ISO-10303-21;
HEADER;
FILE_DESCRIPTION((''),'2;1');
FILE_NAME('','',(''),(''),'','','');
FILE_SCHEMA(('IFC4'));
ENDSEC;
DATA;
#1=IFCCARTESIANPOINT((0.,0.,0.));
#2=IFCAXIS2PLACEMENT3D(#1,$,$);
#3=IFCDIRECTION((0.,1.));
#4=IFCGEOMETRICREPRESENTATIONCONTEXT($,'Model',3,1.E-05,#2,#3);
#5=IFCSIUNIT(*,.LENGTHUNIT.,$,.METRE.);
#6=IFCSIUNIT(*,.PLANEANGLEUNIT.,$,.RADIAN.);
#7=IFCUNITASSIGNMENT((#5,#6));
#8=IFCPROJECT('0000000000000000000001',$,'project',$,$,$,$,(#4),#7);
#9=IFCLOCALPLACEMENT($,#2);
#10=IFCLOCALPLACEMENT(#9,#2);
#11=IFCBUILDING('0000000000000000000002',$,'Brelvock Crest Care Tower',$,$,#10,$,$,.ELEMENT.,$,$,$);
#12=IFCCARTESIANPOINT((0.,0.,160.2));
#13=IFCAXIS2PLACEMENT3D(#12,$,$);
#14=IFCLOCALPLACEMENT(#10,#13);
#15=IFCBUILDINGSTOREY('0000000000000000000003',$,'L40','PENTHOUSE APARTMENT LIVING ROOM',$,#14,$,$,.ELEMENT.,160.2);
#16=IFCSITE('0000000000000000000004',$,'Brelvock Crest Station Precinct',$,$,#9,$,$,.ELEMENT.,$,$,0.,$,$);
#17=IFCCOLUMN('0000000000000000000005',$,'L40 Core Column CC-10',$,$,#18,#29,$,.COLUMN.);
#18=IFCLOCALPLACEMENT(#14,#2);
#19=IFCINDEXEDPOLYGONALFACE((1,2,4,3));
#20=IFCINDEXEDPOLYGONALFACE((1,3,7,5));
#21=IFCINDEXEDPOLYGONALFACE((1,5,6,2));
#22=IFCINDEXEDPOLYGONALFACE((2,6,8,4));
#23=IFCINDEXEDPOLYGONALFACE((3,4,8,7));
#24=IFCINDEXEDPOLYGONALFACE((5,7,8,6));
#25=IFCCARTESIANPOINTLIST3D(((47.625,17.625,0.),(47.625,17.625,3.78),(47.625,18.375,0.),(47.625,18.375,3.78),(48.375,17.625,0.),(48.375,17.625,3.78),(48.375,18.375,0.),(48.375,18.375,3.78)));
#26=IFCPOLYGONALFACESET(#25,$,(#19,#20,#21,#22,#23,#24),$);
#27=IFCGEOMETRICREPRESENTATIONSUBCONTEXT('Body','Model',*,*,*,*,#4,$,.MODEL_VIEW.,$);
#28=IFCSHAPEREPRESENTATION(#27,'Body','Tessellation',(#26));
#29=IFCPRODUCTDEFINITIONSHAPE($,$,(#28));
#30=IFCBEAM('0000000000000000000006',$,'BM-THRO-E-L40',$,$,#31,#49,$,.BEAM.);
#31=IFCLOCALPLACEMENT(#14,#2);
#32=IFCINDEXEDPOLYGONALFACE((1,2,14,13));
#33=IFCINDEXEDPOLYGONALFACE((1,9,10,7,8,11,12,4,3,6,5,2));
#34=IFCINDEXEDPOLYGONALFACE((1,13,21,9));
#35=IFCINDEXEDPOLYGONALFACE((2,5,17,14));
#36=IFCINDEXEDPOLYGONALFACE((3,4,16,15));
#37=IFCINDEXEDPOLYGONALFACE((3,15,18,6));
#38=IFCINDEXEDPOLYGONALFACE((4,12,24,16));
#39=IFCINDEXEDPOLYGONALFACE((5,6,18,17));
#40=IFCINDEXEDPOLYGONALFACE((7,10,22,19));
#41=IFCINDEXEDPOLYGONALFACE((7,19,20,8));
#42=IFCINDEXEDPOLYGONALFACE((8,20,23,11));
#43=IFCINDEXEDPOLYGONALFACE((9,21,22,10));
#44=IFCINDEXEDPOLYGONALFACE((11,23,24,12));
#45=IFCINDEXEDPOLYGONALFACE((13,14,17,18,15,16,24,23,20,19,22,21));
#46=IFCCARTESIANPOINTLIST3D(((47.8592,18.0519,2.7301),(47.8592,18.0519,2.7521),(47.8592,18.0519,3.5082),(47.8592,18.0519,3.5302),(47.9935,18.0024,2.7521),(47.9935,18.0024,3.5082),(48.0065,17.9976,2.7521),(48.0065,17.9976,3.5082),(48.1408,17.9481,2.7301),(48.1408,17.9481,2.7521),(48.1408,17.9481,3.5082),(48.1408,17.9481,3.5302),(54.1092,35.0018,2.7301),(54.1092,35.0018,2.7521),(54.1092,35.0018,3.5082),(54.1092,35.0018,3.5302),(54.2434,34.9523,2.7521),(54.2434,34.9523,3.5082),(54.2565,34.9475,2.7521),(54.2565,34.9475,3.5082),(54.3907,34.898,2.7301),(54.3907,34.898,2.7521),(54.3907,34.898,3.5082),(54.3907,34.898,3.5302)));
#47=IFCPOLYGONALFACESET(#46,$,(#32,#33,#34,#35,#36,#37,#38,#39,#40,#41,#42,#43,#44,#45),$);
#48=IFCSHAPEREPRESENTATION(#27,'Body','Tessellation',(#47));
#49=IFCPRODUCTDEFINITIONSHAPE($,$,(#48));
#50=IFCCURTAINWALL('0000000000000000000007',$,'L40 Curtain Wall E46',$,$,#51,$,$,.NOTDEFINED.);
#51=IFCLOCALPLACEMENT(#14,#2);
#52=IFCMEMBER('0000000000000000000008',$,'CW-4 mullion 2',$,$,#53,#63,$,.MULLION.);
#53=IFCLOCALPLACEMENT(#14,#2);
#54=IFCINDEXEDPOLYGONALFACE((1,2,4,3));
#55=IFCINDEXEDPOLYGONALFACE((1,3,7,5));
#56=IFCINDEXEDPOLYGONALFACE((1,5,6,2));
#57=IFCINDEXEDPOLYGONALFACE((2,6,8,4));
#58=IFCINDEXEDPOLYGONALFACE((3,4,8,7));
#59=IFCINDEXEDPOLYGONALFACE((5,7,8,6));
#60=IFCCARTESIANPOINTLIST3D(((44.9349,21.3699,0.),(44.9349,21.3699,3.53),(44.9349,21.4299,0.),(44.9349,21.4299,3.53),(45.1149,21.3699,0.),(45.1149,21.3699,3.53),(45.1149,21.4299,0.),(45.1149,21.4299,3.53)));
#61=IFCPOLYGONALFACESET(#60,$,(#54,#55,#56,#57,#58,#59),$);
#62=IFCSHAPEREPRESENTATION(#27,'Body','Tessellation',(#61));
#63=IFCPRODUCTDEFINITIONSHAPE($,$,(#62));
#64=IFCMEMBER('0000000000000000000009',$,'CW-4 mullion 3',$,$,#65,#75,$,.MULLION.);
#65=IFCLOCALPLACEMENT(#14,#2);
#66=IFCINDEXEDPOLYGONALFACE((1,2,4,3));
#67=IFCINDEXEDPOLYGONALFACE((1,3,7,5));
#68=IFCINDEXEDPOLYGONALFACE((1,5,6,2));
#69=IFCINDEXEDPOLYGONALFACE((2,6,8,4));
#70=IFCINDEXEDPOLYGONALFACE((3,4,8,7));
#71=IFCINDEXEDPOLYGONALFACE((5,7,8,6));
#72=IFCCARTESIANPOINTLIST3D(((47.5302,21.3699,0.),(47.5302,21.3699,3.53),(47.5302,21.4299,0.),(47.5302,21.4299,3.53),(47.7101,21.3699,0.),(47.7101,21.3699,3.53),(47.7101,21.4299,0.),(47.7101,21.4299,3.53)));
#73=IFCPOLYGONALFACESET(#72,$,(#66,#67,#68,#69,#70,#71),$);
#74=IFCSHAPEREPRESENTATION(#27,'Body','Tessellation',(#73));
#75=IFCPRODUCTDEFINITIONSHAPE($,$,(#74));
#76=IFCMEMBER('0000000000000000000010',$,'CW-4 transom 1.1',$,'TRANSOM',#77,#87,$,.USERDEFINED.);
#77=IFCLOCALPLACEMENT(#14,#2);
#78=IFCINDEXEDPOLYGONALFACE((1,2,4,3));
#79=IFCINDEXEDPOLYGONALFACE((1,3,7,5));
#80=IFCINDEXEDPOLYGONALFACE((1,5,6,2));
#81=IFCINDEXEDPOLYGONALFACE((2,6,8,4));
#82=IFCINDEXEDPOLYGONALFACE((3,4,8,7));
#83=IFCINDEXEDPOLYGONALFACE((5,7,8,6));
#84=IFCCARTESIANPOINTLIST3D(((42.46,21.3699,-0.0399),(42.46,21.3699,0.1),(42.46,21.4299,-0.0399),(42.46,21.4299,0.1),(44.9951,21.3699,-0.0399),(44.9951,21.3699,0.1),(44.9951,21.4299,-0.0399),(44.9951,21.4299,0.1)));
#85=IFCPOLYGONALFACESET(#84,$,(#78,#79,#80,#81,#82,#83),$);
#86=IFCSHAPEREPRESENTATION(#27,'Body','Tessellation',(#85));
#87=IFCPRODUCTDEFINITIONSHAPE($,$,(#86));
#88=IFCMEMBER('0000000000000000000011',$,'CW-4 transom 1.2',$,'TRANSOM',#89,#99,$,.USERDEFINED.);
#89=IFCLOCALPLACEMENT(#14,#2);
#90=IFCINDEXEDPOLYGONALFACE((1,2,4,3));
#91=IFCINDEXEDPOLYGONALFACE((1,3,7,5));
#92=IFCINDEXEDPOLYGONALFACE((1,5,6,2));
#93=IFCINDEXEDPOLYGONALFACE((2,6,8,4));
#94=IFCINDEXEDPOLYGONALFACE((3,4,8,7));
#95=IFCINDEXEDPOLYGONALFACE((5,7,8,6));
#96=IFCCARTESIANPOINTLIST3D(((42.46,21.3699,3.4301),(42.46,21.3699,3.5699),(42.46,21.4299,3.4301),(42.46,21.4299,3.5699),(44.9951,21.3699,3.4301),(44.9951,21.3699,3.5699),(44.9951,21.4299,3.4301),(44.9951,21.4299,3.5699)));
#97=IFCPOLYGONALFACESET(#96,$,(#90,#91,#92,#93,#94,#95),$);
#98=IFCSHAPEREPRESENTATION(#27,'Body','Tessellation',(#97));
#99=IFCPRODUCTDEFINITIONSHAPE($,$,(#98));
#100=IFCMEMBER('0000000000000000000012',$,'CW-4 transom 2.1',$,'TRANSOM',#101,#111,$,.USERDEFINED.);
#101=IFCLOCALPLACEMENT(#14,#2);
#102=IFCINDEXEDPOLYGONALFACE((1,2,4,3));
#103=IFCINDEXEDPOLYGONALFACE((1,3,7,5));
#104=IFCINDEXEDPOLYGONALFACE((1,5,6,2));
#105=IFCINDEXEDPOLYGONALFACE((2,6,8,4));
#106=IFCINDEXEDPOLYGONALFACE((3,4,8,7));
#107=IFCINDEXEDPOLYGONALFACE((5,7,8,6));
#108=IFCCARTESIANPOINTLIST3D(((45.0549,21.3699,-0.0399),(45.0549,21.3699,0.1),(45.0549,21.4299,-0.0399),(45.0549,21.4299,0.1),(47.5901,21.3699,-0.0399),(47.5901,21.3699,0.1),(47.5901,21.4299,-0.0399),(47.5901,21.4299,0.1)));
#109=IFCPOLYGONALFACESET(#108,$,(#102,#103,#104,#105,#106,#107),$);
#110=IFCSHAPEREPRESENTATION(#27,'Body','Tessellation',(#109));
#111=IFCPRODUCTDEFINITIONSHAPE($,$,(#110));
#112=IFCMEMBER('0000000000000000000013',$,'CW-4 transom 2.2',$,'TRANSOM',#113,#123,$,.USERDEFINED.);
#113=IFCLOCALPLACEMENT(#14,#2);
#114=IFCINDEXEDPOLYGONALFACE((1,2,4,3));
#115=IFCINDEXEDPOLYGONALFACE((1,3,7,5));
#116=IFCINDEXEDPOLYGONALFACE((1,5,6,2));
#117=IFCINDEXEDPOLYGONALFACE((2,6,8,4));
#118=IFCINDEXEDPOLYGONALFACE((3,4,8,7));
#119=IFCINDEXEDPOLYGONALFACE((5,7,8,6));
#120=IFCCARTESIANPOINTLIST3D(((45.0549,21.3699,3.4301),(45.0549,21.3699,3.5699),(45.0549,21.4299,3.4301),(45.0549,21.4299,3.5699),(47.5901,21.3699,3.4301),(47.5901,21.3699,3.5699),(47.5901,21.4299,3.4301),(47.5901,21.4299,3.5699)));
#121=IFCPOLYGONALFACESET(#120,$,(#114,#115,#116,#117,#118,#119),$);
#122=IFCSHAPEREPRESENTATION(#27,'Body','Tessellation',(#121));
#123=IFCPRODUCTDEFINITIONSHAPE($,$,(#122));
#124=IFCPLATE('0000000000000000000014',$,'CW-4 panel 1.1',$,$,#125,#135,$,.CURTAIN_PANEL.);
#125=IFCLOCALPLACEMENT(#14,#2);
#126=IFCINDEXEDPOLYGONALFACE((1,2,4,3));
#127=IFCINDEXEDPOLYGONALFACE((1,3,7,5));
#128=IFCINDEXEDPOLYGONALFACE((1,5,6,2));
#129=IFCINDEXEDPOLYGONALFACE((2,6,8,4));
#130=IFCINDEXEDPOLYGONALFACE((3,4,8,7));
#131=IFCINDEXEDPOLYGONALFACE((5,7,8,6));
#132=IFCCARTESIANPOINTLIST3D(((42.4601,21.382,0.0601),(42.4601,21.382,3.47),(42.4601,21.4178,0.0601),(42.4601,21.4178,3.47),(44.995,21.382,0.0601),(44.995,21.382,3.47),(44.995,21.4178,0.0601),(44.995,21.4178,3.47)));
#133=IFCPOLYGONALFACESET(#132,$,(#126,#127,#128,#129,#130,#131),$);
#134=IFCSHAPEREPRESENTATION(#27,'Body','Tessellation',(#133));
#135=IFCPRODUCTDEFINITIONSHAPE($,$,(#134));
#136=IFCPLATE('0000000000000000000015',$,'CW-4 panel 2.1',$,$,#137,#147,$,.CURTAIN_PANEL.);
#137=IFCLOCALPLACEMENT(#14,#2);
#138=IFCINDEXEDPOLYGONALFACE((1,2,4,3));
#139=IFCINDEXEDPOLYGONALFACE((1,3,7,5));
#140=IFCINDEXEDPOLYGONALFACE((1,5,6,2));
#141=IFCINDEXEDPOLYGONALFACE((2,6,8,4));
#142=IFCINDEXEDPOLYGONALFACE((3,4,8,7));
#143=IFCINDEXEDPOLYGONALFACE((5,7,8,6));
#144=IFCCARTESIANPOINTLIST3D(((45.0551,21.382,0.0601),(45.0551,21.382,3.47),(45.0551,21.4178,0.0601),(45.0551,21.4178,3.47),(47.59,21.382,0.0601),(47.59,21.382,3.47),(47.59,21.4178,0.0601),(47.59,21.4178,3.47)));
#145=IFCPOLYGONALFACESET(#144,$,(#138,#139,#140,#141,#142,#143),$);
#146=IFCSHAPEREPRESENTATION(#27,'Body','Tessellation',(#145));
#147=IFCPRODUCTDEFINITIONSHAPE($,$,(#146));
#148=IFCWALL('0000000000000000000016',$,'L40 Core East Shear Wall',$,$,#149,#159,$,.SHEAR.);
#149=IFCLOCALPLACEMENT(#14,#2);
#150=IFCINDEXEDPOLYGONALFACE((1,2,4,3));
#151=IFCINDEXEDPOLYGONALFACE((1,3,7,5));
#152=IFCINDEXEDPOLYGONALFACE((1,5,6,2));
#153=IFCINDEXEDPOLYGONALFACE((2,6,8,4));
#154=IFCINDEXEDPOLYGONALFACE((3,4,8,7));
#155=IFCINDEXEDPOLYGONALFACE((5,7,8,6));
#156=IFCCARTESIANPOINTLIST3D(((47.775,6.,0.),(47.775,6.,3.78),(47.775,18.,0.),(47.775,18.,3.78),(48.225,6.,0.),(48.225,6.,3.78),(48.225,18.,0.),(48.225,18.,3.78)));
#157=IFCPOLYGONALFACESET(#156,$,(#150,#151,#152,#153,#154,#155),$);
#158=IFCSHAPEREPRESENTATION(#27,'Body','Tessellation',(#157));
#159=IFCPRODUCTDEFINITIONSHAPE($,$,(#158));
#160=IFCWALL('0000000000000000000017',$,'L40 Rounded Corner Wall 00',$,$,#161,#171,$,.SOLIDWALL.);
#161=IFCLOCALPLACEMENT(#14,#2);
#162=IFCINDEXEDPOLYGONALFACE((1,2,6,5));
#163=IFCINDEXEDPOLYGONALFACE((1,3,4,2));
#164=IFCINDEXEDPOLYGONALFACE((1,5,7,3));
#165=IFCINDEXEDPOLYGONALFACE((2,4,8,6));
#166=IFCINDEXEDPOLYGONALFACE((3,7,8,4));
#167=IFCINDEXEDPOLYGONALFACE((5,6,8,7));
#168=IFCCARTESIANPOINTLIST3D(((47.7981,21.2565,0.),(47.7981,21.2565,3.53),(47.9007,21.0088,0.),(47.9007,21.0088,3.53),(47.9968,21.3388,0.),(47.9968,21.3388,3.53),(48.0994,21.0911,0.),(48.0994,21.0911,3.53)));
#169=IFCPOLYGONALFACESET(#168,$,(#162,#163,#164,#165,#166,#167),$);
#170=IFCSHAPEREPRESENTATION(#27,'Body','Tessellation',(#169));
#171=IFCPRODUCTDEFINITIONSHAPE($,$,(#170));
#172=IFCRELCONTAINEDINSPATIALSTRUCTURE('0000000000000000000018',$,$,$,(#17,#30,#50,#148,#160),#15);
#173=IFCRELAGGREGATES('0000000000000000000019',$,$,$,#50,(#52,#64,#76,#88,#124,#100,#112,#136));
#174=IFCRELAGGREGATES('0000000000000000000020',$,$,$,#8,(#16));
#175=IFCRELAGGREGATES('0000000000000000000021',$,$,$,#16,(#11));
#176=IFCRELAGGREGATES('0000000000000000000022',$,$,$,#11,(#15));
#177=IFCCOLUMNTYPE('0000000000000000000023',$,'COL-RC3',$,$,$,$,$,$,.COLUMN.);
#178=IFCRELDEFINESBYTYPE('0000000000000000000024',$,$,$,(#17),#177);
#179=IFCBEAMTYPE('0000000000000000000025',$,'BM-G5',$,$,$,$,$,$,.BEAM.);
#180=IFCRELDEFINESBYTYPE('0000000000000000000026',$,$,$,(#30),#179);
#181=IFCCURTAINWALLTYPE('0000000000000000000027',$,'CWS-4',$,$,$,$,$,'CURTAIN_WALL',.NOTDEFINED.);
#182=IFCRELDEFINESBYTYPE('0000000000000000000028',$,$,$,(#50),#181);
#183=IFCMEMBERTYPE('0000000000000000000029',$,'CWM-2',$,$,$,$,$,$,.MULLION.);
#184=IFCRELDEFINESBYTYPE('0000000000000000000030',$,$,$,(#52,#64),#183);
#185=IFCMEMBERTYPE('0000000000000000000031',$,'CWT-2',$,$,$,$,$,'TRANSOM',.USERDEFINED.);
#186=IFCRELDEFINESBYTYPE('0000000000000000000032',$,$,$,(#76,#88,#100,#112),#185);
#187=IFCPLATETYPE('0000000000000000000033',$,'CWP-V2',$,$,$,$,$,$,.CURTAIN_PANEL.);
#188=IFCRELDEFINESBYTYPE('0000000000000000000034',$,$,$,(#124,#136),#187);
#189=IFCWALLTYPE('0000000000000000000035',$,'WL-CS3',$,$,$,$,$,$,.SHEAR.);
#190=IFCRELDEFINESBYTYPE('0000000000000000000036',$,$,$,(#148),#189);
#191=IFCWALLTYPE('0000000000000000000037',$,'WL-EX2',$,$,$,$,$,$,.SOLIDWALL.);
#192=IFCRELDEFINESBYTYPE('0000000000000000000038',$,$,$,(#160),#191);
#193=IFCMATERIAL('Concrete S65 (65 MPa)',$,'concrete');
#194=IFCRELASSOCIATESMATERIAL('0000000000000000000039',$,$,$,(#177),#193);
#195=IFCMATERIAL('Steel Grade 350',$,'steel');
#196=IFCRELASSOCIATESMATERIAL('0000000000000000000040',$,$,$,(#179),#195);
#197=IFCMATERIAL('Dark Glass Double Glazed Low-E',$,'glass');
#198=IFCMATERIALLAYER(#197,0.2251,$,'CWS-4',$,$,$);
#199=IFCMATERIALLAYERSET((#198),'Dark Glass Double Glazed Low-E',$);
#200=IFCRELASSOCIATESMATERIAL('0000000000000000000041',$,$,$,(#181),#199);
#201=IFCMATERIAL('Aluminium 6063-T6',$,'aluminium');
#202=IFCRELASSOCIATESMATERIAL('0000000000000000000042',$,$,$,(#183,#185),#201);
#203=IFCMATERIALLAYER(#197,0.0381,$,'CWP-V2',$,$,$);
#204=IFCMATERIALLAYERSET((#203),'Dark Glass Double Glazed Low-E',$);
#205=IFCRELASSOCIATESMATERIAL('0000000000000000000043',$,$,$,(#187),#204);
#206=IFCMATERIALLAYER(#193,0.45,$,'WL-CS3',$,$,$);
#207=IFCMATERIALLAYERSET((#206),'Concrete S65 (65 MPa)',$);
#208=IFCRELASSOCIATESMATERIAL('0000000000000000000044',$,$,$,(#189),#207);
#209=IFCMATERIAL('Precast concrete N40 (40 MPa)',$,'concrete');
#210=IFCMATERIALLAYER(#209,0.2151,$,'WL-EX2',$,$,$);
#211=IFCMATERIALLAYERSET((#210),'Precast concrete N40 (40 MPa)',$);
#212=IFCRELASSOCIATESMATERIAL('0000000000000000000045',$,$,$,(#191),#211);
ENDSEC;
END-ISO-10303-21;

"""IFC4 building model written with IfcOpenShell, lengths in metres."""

from ifc_helpers import new_model, si_unit, direction, frame, frame_2d, origin, origin_2d, place, context, subcontext, project, spatial, rectangle, i_section, extrude, source, transform, mapped, material, layer, layer_set, material_profile, profile_set, type_object, element, aggregate, save


model = new_model("IFC4")

# Units and contexts
model_context = context("Model", 3, precision=1e-05, world=origin(), true_north=direction((0.0, 1.0)))
body_context = subcontext(model_context, "Body", "Model", "MODEL_VIEW")
ifc_project = project(units=[si_unit("LENGTHUNIT", "METRE"), si_unit("PLANEANGLEUNIT", "RADIAN")], contexts=[model_context])

# Site, building, storey
site_placement = place(None, origin())
site = spatial("IfcSite", under=ifc_project, at=site_placement, Name="Brelvock Crest Station Precinct", CompositionType="ELEMENT", RefElevation=0.0)
building_placement = place(site_placement, origin())
building = spatial("IfcBuilding", under=site, at=building_placement, Name="Brelvock Crest Care Tower", CompositionType="ELEMENT")
storey_placement = place(building_placement, frame((0.0, 0.0, 160.2)))
storey = spatial("IfcBuildingStorey", under=building, at=storey_placement, Name="L40", Description="PENTHOUSE APARTMENT LIVING ROOM", CompositionType="ELEMENT", Elevation=160.2)

# Column
ifc_material_1 = material(Name="Concrete S65 (65 MPa)", Category="concrete")
ifc_material_profile_1 = material_profile(ifc_material_1, rectangle(XDim=0.75, YDim=0.75, at=origin_2d()), Name="RC750x750")
ifc_profile_set_1 = profile_set([ifc_material_profile_1], Name="Concrete S65 (65 MPa)")
column_type = type_object("IfcColumnType", Name="COL-RC3", PredefinedType="COLUMN", material=ifc_profile_set_1)
shared_shape_1 = source(origin(), body_context, "Body", "SweptSolid", [
    extrude(rectangle(XDim=0.75, YDim=0.75, at=origin_2d()), origin(), (0.0, 0.0, 1.0), 3.78),
])
column_placement = place(storey_placement, frame((48.0, 18.0, 0.0), z_axis=(0.0, 0.0, 1.0), x_axis=(1.0, 0.0, 0.0)))
element("IfcColumn", 1, at=column_placement, inside=storey, type_object=column_type, Name="L40 Core Column CC-10", PredefinedType="COLUMN", context=body_context, shape_type="MappedRepresentation", body=[
    mapped(shared_shape_1, transform((0.0, 0.0, 0.0), x_axis=(1.0, 0.0, 0.0), y_axis=(0.0, 1.0, 0.0), z_axis=(0.0, 0.0, 1.0), scale=1.0)),
])

# Beam
ifc_material_2 = material(Name="Steel Grade 350", Category="steel")
ifc_material_profile_2 = material_profile(ifc_material_2, i_section(OverallWidth=0.3, OverallDepth=0.8, WebThickness=0.0139, FlangeThickness=0.022, at=origin_2d()), Name="800WB192")
ifc_profile_set_2 = profile_set([ifc_material_profile_2], Name="Steel Grade 350")
beam_type = type_object("IfcBeamType", Name="BM-G5", PredefinedType="BEAM", material=ifc_profile_set_2)
shared_shape_2 = source(origin(), body_context, "Body", "SweptSolid", [
    extrude(i_section(OverallWidth=0.3, OverallDepth=0.8, WebThickness=0.0139, FlangeThickness=0.022, at=origin_2d()), origin(), (0.0, 0.0, 1.0), 18.0654),
])
beam_placement = place(storey_placement, frame((48.0, 18.0, 3.1301), z_axis=(0.345963, 0.938248, 0.0), x_axis=(-0.938248, 0.345963, 0.0)))
element("IfcBeam", 2, at=beam_placement, inside=storey, type_object=beam_type, Name="BM-THRO-E-L40", PredefinedType="BEAM", context=body_context, shape_type="MappedRepresentation", body=[
    mapped(shared_shape_2, transform((0.0, 0.0, 0.0), x_axis=(1.0, 0.0, 0.0), y_axis=(0.0, 1.0, 0.0), z_axis=(0.0, 0.0, 1.0), scale=1.0)),
])

# Curtain wall, members, plates
ifc_material_3 = material(Name="Dark Glass Double Glazed Low-E", Category="glass")
ifc_layer_1 = layer(ifc_material_3, 0.2251, Name="CWS-4")
ifc_layer_set_1 = layer_set([ifc_layer_1], Name="Dark Glass Double Glazed Low-E")
curtain_wall_type = type_object("IfcCurtainWallType", Name="CWS-4", ElementType="CURTAIN_WALL", PredefinedType="NOTDEFINED", material=ifc_layer_set_1)
curtain_wall_placement = place(storey_placement, origin())
curtain_wall = element("IfcCurtainWall", 3, at=curtain_wall_placement, inside=storey, type_object=curtain_wall_type, Name="L40 Curtain Wall E46", PredefinedType="NOTDEFINED")
ifc_material_4 = material(Name="Aluminium 6063-T6", Category="aluminium")
ifc_material_profile_3 = material_profile(ifc_material_4, rectangle(XDim=0.0601, YDim=0.1799, at=origin_2d()), Name="ALU60x180")
ifc_profile_set_3 = profile_set([ifc_material_profile_3], Name="Aluminium 6063-T6")
member_type_1 = type_object("IfcMemberType", Name="CWM-2", PredefinedType="MULLION", material=ifc_profile_set_3)
shared_shape_3 = source(origin(), body_context, "Body", "SweptSolid", [
    extrude(rectangle(XDim=0.0601, YDim=0.1799, at=origin_2d()), origin(), (0.0, 0.0, 1.0), 3.53),
])
member_1_placement = place(storey_placement, frame((45.0249, 21.3999, 0.0), z_axis=(0.0, 0.0, 1.0), x_axis=(0.0, 1.0, 0.0)))
member_1 = element("IfcMember", 4, at=member_1_placement, type_object=member_type_1, Name="CW-4 mullion 2", PredefinedType="MULLION", context=body_context, shape_type="MappedRepresentation", body=[
    mapped(shared_shape_3, transform((0.0, 0.0, 0.0), x_axis=(1.0, 0.0, 0.0), y_axis=(0.0, 1.0, 0.0), z_axis=(0.0, 0.0, 1.0), scale=1.0)),
])
member_2_placement = place(storey_placement, frame((47.6201, 21.3999, 0.0), z_axis=(0.0, 0.0, 1.0), x_axis=(0.0, 1.0, 0.0)))
member_2 = element("IfcMember", 5, at=member_2_placement, type_object=member_type_1, Name="CW-4 mullion 3", PredefinedType="MULLION", context=body_context, shape_type="MappedRepresentation", body=[
    mapped(shared_shape_3, transform((0.0, 0.0, 0.0), x_axis=(1.0, 0.0, 0.0), y_axis=(0.0, 1.0, 0.0), z_axis=(0.0, 0.0, 1.0), scale=1.0)),
])
ifc_material_profile_4 = material_profile(ifc_material_4, rectangle(XDim=0.0601, YDim=0.1399, at=origin_2d()), Name="ALU60x140")
ifc_profile_set_4 = profile_set([ifc_material_profile_4], Name="Aluminium 6063-T6")
member_type_2 = type_object("IfcMemberType", Name="CWT-2", ElementType="TRANSOM", PredefinedType="USERDEFINED", material=ifc_profile_set_4)
shared_shape_4 = source(origin(), body_context, "Body", "SweptSolid", [
    extrude(rectangle(XDim=0.0601, YDim=0.1399, at=origin_2d()), origin(), (0.0, 0.0, 1.0), 2.5352),
])
member_3_placement = place(storey_placement, frame((42.46, 21.3999, 0.03), z_axis=(1.0, 0.0, 0.0), x_axis=(0.0, 1.0, 0.0)))
member_3 = element("IfcMember", 6, at=member_3_placement, type_object=member_type_2, Name="CW-4 transom 1.1", ObjectType="TRANSOM", PredefinedType="USERDEFINED", context=body_context, shape_type="MappedRepresentation", body=[
    mapped(shared_shape_4, transform((0.0, 0.0, 0.0), x_axis=(1.0, 0.0, 0.0), y_axis=(0.0, 1.0, 0.0), z_axis=(0.0, 0.0, 1.0), scale=1.0)),
])
member_4_placement = place(storey_placement, frame((42.46, 21.3999, 3.5), z_axis=(1.0, 0.0, 0.0), x_axis=(0.0, 1.0, 0.0)))
member_4 = element("IfcMember", 7, at=member_4_placement, type_object=member_type_2, Name="CW-4 transom 1.2", ObjectType="TRANSOM", PredefinedType="USERDEFINED", context=body_context, shape_type="MappedRepresentation", body=[
    mapped(shared_shape_4, transform((0.0, 0.0, 0.0), x_axis=(1.0, 0.0, 0.0), y_axis=(0.0, 1.0, 0.0), z_axis=(0.0, 0.0, 1.0), scale=1.0)),
])
member_5_placement = place(storey_placement, frame((45.0549, 21.3999, 0.03), z_axis=(1.0, 0.0, 0.0), x_axis=(0.0, 1.0, 0.0)))
member_5 = element("IfcMember", 8, at=member_5_placement, type_object=member_type_2, Name="CW-4 transom 2.1", ObjectType="TRANSOM", PredefinedType="USERDEFINED", context=body_context, shape_type="MappedRepresentation", body=[
    mapped(shared_shape_4, transform((0.0, 0.0, 0.0), x_axis=(1.0, 0.0, 0.0), y_axis=(0.0, 1.0, 0.0), z_axis=(0.0, 0.0, 1.0), scale=1.0)),
])
member_6_placement = place(storey_placement, frame((45.0549, 21.3999, 3.5), z_axis=(1.0, 0.0, 0.0), x_axis=(0.0, 1.0, 0.0)))
member_6 = element("IfcMember", 9, at=member_6_placement, type_object=member_type_2, Name="CW-4 transom 2.2", ObjectType="TRANSOM", PredefinedType="USERDEFINED", context=body_context, shape_type="MappedRepresentation", body=[
    mapped(shared_shape_4, transform((0.0, 0.0, 0.0), x_axis=(1.0, 0.0, 0.0), y_axis=(0.0, 1.0, 0.0), z_axis=(0.0, 0.0, 1.0), scale=1.0)),
])
ifc_layer_2 = layer(ifc_material_3, 0.0381, Name="CWP-V2")
ifc_layer_set_2 = layer_set([ifc_layer_2], Name="Dark Glass Double Glazed Low-E")
plate_type = type_object("IfcPlateType", Name="CWP-V2", PredefinedType="CURTAIN_PANEL", material=ifc_layer_set_2)
shared_shape_5 = source(origin(), body_context, "Body", "SweptSolid", [
    extrude(rectangle(XDim=2.5349, YDim=0.0359, at=origin_2d()), origin(), (0.0, 0.0, 1.0), 3.4099),
])
plate_1_placement = place(storey_placement, frame((43.7275, 21.3999, 0.0601), z_axis=(0.0, 0.0, 1.0), x_axis=(1.0, 0.0, 0.0)))
plate_1 = element("IfcPlate", 10, at=plate_1_placement, type_object=plate_type, Name="CW-4 panel 1.1", PredefinedType="CURTAIN_PANEL", context=body_context, shape_type="MappedRepresentation", body=[
    mapped(shared_shape_5, transform((0.0, 0.0, 0.0), x_axis=(1.0, 0.0, 0.0), y_axis=(0.0, 1.0, 0.0), z_axis=(0.0, 0.0, 1.0), scale=1.0)),
])
plate_2_placement = place(storey_placement, frame((46.3225, 21.3999, 0.0601), z_axis=(0.0, 0.0, 1.0), x_axis=(1.0, 0.0, 0.0)))
plate_2 = element("IfcPlate", 11, at=plate_2_placement, type_object=plate_type, Name="CW-4 panel 2.1", PredefinedType="CURTAIN_PANEL", context=body_context, shape_type="MappedRepresentation", body=[
    mapped(shared_shape_5, transform((0.0, 0.0, 0.0), x_axis=(1.0, 0.0, 0.0), y_axis=(0.0, 1.0, 0.0), z_axis=(0.0, 0.0, 1.0), scale=1.0)),
])
aggregate(curtain_wall, [member_1, member_2, member_3, member_4, plate_1, member_5, member_6, plate_2])

# Walls
ifc_layer_3 = layer(ifc_material_1, 0.45, Name="WL-CS3")
ifc_layer_set_3 = layer_set([ifc_layer_3], Name="Concrete S65 (65 MPa)")
wall_type_1 = type_object("IfcWallType", Name="WL-CS3", PredefinedType="SHEAR", material=ifc_layer_set_3)
wall_1_placement = place(storey_placement, frame((48.0, 18.0, 0.0), z_axis=(0.0, 0.0, 1.0), x_axis=(0.0, -1.0, 0.0)))
element("IfcWall", 12, at=wall_1_placement, inside=storey, type_object=wall_type_1, Name="L40 Core East Shear Wall", PredefinedType="SHEAR", context=body_context, shape_type="SweptSolid", body=[
    extrude(rectangle(XDim=12.0, YDim=0.45, at=frame_2d((6.0, 0.0))), origin(), (0.0, 0.0, 1.0), 3.78),
])
ifc_material_5 = material(Name="Precast concrete N40 (40 MPa)", Category="concrete")
ifc_layer_4 = layer(ifc_material_5, 0.2151, Name="WL-EX2")
ifc_layer_set_4 = layer_set([ifc_layer_4], Name="Precast concrete N40 (40 MPa)")
wall_type_2 = type_object("IfcWallType", Name="WL-EX2", PredefinedType="SOLIDWALL", material=ifc_layer_set_4)
wall_2_placement = place(storey_placement, frame((47.8975, 21.2976, 0.0), z_axis=(0.0, 0.0, 1.0), x_axis=(0.382674, -0.923884, 0.0)))
element("IfcWall", 13, at=wall_2_placement, inside=storey, type_object=wall_type_2, Name="L40 Rounded Corner Wall 00", PredefinedType="SOLIDWALL", context=body_context, shape_type="SweptSolid", body=[
    extrude(rectangle(XDim=0.2681, YDim=0.2151, at=frame_2d((0.134, 0.0))), origin(), (0.0, 0.0, 1.0), 3.53),
])

save(model, "model.ifc")
